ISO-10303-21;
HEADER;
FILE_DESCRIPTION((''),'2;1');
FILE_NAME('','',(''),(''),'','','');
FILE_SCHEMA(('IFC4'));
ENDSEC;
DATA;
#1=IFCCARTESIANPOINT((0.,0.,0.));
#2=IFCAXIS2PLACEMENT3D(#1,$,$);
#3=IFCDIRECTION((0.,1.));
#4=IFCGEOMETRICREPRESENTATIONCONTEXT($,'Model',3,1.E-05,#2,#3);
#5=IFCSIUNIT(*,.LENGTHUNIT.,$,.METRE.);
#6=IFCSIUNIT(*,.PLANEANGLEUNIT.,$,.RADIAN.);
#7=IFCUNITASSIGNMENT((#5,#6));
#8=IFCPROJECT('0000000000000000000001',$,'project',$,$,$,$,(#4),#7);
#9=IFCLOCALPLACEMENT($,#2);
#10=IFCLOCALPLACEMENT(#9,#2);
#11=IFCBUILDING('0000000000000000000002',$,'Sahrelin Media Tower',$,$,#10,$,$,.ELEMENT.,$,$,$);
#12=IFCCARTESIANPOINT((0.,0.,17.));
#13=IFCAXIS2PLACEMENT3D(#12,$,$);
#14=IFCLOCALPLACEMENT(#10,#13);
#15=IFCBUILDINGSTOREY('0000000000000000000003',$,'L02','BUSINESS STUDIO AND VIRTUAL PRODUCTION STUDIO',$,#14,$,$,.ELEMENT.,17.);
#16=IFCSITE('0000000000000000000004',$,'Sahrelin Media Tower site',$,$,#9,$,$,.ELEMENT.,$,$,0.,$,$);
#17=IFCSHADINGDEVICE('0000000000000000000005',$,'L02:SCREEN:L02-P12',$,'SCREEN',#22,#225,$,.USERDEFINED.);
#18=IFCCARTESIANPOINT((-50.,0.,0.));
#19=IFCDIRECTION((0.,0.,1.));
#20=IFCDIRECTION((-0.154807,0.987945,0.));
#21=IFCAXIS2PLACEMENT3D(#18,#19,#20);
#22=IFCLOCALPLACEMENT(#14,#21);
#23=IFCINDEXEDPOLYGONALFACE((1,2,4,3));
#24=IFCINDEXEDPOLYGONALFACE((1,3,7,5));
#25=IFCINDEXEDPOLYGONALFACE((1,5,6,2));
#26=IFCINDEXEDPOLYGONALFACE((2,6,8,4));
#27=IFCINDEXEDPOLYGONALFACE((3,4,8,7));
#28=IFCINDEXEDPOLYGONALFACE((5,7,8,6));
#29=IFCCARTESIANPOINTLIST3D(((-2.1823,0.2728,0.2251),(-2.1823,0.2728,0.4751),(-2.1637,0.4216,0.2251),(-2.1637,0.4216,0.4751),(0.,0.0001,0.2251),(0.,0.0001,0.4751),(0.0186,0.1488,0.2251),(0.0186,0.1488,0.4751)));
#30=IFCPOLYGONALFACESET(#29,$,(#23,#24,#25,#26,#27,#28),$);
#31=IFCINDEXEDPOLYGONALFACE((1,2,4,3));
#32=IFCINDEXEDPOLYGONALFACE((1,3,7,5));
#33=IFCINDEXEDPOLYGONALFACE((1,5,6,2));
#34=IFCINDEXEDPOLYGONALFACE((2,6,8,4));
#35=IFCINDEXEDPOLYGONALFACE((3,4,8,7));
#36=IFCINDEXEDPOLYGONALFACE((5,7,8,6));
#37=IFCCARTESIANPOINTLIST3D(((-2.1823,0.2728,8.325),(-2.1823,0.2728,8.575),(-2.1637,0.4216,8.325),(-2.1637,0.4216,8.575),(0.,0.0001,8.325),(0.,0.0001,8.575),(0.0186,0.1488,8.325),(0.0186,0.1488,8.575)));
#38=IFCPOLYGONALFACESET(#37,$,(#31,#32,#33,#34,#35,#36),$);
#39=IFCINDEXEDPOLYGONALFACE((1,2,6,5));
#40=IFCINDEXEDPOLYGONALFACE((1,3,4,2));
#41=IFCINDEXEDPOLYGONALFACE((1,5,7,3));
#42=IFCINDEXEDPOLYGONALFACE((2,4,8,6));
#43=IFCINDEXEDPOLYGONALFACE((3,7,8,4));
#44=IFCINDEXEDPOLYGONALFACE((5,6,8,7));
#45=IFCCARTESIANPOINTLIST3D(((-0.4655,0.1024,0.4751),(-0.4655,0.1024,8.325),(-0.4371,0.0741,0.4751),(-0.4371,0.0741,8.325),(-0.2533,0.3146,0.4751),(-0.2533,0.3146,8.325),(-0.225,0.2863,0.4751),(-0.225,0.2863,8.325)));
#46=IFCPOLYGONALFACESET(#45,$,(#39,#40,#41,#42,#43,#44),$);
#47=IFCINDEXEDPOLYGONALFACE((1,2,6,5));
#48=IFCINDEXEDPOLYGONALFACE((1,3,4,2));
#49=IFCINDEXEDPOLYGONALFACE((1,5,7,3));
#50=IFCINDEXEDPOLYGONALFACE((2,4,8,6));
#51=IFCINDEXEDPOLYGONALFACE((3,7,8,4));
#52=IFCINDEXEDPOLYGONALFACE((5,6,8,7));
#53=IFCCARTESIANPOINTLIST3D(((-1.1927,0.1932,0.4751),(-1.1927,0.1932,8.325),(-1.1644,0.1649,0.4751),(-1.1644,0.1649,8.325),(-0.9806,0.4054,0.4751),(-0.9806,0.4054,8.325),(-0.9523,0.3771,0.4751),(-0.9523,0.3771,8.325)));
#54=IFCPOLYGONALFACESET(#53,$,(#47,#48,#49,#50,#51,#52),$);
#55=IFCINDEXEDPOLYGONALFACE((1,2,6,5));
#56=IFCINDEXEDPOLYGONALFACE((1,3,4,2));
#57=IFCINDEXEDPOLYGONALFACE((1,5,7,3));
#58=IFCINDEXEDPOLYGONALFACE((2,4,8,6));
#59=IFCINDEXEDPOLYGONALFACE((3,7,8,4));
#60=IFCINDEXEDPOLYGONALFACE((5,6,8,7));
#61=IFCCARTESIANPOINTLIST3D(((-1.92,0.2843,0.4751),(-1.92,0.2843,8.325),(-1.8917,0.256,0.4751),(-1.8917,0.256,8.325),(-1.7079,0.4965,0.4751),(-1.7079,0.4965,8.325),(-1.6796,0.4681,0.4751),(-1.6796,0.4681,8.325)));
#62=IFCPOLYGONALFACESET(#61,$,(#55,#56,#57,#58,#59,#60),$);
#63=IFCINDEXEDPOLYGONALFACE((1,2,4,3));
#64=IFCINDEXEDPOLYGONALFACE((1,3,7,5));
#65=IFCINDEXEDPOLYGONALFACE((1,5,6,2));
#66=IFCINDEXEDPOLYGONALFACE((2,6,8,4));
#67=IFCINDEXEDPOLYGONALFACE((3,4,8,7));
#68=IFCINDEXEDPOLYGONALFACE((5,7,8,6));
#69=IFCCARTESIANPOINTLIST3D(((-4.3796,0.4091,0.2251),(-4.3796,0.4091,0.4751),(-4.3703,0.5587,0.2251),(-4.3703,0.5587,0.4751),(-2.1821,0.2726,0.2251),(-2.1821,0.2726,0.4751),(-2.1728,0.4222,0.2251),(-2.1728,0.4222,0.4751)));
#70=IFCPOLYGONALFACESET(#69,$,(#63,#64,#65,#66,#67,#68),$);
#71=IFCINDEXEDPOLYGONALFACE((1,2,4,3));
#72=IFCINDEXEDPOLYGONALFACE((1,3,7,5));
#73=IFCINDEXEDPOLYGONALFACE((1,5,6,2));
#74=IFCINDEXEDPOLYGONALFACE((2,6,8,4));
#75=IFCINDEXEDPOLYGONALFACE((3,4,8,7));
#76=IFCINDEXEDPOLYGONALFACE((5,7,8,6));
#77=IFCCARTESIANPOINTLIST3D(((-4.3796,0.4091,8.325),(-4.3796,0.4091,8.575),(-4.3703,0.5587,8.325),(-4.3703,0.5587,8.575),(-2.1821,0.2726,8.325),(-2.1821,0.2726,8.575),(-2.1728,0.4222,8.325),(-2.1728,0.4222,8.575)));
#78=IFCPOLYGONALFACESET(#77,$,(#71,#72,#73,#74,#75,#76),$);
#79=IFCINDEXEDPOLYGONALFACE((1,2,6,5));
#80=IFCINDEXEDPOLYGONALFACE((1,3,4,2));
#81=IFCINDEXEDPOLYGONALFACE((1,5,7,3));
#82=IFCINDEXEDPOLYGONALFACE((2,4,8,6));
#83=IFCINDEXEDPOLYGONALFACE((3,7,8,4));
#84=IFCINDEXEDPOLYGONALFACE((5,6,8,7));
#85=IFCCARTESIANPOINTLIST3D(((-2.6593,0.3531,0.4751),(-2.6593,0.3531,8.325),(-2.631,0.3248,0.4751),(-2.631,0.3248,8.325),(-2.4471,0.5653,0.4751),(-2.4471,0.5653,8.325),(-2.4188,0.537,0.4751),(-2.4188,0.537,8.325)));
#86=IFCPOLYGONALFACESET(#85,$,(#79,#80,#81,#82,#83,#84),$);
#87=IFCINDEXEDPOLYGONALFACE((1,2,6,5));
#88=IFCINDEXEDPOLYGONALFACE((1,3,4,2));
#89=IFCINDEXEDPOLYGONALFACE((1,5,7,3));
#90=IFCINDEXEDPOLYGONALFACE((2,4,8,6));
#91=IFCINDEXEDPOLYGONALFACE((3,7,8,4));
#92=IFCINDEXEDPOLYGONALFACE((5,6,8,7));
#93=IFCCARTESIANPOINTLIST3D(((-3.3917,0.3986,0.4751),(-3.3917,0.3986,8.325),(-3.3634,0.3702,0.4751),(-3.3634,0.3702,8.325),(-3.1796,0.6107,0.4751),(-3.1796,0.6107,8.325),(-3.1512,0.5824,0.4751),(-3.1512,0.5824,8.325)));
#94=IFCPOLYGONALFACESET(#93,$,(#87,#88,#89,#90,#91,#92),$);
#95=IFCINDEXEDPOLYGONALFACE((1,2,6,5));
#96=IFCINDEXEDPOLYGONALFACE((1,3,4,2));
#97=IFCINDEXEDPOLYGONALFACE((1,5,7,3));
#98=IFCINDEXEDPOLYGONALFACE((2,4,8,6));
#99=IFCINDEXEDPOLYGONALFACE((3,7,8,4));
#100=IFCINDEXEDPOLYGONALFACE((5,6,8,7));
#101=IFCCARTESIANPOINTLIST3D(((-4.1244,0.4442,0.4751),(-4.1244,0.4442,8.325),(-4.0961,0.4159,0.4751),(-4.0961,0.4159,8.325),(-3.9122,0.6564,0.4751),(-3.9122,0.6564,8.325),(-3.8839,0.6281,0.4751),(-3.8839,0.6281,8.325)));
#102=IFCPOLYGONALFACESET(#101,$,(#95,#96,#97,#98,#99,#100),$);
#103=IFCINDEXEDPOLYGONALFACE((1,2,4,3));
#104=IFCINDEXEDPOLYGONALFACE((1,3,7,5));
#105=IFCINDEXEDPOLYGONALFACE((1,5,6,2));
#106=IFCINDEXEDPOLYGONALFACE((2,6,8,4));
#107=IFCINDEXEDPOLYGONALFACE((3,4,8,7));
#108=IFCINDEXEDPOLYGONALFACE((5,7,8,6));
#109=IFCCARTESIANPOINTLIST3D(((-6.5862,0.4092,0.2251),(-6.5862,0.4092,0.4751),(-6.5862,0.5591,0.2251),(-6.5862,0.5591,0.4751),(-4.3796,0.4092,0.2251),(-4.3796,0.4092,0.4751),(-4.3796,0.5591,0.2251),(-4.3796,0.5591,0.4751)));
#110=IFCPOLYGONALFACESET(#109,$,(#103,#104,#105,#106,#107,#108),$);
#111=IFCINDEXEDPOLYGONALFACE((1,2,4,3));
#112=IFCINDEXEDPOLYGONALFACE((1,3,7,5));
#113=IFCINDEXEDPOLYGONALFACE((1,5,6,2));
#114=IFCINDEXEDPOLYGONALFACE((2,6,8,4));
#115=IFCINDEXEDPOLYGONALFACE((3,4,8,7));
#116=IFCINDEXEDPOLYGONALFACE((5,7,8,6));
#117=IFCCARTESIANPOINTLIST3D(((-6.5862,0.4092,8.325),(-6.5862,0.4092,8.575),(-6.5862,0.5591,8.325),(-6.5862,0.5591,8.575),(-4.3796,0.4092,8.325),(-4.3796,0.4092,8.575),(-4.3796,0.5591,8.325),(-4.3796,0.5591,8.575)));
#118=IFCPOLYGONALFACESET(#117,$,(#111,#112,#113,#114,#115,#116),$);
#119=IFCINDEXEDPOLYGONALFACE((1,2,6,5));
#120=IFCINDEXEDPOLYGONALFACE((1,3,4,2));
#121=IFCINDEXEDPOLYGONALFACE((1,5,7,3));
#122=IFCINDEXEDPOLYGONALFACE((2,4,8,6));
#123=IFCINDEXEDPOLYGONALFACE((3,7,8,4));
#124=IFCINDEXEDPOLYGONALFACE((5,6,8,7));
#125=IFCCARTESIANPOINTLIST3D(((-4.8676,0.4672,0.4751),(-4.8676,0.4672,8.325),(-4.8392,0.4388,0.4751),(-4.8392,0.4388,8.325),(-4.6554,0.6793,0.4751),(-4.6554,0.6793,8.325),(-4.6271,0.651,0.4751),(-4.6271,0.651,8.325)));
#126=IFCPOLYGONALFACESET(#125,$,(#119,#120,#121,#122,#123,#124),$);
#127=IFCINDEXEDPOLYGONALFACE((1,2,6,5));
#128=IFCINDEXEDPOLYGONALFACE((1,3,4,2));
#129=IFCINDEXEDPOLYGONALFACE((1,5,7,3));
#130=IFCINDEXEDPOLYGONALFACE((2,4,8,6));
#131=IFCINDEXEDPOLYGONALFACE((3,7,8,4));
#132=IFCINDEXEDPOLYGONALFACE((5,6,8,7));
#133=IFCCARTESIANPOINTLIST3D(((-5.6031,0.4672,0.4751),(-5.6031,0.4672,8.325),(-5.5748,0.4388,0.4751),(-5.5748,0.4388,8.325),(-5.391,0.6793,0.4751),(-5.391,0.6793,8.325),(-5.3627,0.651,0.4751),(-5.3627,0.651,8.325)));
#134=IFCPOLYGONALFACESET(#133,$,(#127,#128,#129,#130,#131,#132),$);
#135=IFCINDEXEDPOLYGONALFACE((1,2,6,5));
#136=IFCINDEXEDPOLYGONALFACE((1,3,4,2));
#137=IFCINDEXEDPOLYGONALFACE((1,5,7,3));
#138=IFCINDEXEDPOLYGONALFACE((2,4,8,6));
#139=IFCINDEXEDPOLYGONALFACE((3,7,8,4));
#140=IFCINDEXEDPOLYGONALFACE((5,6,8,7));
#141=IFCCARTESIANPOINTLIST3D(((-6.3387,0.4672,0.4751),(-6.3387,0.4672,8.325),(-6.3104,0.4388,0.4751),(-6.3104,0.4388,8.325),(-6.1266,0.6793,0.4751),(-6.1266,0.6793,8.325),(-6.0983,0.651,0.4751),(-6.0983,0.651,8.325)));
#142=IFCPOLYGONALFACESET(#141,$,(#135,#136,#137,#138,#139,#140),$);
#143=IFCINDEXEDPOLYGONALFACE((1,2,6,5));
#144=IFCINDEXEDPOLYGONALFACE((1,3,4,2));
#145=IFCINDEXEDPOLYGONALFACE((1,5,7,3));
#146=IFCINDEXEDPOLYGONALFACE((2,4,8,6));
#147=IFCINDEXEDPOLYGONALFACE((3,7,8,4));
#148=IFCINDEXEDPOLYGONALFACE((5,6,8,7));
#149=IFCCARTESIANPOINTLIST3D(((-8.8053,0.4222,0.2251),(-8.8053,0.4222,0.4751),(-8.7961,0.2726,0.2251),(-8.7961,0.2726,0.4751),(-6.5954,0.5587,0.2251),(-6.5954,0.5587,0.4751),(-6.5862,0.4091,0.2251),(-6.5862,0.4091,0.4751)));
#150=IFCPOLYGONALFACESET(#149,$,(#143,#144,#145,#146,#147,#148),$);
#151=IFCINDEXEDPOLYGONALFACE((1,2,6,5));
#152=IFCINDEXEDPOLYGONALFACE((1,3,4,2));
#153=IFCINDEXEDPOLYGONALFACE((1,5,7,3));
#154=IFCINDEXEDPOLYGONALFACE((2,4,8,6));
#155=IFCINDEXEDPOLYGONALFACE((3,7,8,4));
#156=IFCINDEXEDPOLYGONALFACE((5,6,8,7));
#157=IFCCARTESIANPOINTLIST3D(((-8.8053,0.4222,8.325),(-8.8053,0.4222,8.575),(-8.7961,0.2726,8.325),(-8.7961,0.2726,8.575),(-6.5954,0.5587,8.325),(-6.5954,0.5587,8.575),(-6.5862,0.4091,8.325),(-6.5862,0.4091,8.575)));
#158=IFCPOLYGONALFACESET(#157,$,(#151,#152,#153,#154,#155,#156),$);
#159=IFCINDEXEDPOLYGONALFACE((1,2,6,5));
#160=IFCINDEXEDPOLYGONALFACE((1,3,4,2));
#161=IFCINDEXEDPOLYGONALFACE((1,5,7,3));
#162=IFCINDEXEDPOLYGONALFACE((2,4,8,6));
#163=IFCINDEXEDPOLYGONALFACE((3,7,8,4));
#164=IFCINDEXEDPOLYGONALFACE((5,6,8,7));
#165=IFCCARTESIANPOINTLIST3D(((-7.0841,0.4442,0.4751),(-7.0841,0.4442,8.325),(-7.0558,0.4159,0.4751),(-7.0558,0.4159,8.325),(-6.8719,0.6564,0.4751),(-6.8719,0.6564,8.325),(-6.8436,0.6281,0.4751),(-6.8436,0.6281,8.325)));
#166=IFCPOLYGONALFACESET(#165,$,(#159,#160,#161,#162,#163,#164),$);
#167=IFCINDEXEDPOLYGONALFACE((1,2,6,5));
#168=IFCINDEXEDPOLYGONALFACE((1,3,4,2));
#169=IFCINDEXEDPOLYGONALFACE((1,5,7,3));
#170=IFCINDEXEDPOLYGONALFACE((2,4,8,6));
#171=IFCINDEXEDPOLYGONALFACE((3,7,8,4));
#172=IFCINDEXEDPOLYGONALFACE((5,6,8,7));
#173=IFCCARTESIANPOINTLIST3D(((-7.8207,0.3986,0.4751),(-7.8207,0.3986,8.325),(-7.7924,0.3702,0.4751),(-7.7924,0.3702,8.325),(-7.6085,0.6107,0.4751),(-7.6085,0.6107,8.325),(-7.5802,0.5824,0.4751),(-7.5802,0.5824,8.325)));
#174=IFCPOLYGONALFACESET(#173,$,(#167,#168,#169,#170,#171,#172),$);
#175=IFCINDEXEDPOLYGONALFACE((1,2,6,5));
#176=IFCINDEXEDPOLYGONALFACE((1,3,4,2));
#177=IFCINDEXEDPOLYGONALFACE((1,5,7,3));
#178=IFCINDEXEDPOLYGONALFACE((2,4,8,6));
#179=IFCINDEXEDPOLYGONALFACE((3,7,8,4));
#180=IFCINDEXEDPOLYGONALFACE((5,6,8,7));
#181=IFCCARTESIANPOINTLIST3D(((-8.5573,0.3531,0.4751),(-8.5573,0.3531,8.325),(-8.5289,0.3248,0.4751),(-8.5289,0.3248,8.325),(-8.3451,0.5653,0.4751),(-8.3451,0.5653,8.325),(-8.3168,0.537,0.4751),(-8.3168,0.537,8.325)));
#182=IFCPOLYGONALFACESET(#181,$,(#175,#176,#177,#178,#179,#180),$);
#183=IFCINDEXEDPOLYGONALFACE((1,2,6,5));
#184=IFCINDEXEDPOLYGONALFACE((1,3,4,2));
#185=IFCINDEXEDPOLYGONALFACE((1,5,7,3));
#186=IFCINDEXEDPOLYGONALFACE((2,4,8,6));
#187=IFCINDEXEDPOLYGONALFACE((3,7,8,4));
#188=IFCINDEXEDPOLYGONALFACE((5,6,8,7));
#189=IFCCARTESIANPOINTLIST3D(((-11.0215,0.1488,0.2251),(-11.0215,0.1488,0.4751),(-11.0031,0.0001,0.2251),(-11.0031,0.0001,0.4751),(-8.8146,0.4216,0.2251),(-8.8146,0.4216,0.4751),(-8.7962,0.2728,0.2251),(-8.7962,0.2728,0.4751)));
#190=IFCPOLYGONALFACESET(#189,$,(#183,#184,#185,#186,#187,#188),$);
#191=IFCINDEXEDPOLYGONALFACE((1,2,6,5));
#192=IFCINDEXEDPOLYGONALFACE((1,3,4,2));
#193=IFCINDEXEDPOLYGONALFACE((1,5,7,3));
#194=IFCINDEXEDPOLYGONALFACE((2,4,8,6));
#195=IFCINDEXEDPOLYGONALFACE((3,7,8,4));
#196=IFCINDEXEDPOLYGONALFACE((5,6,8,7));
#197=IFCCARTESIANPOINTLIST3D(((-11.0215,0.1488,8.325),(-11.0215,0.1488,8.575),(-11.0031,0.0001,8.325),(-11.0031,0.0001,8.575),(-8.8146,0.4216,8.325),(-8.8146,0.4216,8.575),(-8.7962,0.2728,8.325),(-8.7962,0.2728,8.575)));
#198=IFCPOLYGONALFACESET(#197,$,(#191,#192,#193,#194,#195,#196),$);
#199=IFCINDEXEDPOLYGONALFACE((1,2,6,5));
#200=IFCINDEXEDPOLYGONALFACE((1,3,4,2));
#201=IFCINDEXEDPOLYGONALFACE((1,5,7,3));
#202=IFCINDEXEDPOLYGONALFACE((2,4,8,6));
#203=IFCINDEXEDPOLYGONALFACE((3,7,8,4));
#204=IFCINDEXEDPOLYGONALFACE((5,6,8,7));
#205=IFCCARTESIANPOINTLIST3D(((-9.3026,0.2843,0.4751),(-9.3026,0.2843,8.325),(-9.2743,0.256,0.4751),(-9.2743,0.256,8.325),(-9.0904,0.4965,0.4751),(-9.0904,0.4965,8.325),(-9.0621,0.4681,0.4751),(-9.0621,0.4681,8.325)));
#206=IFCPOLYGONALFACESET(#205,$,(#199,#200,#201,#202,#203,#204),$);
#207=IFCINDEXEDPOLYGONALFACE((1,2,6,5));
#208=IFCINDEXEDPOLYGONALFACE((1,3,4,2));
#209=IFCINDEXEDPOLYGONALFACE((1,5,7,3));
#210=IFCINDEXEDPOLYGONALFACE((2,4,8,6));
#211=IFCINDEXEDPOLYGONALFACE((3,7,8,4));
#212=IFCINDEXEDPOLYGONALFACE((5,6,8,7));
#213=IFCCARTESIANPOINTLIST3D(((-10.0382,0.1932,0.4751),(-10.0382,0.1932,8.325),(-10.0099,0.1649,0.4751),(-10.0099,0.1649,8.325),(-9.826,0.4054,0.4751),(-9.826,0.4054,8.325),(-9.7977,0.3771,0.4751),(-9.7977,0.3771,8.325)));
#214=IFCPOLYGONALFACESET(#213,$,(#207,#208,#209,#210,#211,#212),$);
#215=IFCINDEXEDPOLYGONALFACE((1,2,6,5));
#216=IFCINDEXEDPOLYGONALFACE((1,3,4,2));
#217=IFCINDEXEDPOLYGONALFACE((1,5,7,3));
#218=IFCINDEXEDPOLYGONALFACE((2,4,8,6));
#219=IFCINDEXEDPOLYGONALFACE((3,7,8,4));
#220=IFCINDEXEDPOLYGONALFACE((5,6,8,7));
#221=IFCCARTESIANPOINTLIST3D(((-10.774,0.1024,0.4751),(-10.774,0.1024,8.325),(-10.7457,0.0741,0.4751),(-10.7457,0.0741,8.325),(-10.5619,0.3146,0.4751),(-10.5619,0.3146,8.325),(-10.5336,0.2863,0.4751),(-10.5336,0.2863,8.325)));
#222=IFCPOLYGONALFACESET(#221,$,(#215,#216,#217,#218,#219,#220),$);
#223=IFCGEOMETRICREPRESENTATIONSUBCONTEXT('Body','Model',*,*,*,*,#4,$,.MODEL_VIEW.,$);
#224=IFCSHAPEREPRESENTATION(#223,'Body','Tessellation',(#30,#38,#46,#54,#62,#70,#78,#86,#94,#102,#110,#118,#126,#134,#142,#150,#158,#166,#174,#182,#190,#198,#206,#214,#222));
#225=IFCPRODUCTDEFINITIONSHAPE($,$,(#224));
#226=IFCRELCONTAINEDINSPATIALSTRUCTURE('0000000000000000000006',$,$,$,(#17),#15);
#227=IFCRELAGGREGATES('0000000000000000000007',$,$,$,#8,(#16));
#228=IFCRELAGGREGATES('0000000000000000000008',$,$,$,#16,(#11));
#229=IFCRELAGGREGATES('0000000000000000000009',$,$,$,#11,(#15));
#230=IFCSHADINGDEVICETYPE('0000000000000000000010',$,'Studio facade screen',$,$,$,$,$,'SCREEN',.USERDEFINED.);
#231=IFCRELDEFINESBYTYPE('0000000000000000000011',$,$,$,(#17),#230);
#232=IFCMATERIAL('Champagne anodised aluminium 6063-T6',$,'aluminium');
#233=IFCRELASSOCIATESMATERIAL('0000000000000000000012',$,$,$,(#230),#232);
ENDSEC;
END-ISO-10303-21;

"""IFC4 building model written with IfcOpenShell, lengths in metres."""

from ifc_helpers import new_model, si_unit, direction, frame, origin, origin_2d, place, context, subcontext, project, spatial, rectangle, extrude, material, type_object, element, save


model = new_model("IFC4")

# Units and contexts
model_context = context("Model", 3, precision=1e-05, world=origin(), true_north=direction((0.0, 1.0)))
body_context = subcontext(model_context, "Body", "Model", "MODEL_VIEW")
ifc_project = project(units=[si_unit("LENGTHUNIT", "METRE"), si_unit("PLANEANGLEUNIT", "RADIAN")], contexts=[model_context])

# Site, building, storey
site_placement = place(None, origin())
site = spatial("IfcSite", under=ifc_project, at=site_placement, Name="Sahrelin Media Tower site", CompositionType="ELEMENT", RefElevation=0.0)
building_placement = place(site_placement, origin())
building = spatial("IfcBuilding", under=site, at=building_placement, Name="Sahrelin Media Tower", CompositionType="ELEMENT")
storey_placement = place(building_placement, frame((0.0, 0.0, 17.0)))
storey = spatial("IfcBuildingStorey", under=building, at=storey_placement, Name="L02", Description="BUSINESS STUDIO AND VIRTUAL PRODUCTION STUDIO", CompositionType="ELEMENT", Elevation=17.0)

# Shading device
ifc_material_1 = material(Name="Champagne anodised aluminium 6063-T6", Category="aluminium")
shading_device_type = type_object("IfcShadingDeviceType", Name="Studio facade screen", ElementType="SCREEN", PredefinedType="USERDEFINED", material=ifc_material_1)
shading_device_1_placement = place(storey_placement, frame((-50.0, 0.0, 0.0), z_axis=(0.0, 0.0, 1.0), x_axis=(-0.154807, 0.987945, 0.0)))
element("IfcShadingDevice", 1, at=shading_device_1_placement, inside=storey, type_object=shading_device_type, Name="L02:SCREEN:L02-P12", ObjectType="SCREEN", PredefinedType="USERDEFINED", context=body_context, shape_type="SweptSolid", body=[
    extrude(rectangle(XDim=0.1499, YDim=0.25, at=origin_2d()), frame((0.0093, 0.0745, 0.3501), z_axis=(-0.992281, 0.124007, 0.0), x_axis=(-0.124007, -0.992281, 0.0)), (0.0, 0.0, 1.0), 2.1992),
    extrude(rectangle(XDim=0.1499, YDim=0.25, at=origin_2d()), frame((0.0093, 0.0745, 8.45), z_axis=(-0.992281, 0.124007, 0.0), x_axis=(-0.124007, -0.992281, 0.0)), (0.0, 0.0, 1.0), 2.1992),
    extrude(rectangle(XDim=0.3, YDim=0.04, at=origin_2d()), frame((-0.3452, 0.1943, 0.4751), z_axis=(0.0, 0.0, 1.0), x_axis=(0.707107, 0.707107, 0.0)), (0.0, 0.0, 1.0), 7.8499),
    extrude(rectangle(XDim=0.3, YDim=0.04, at=origin_2d()), frame((-1.0725, 0.2852, 0.4751), z_axis=(0.0, 0.0, 1.0), x_axis=(0.707107, 0.707107, 0.0)), (0.0, 0.0, 1.0), 7.8499),
    extrude(rectangle(XDim=0.3, YDim=0.04, at=origin_2d()), frame((-1.7998, 0.3762, 0.4751), z_axis=(0.0, 0.0, 1.0), x_axis=(0.707107, 0.707107, 0.0)), (0.0, 0.0, 1.0), 7.8499),
    extrude(rectangle(XDim=0.1499, YDim=0.25, at=origin_2d()), frame((-2.1775, 0.3474, 0.3501), z_axis=(-0.998077, 0.061985, 0.0), x_axis=(-0.061985, -0.998077, 0.0)), (0.0, 0.0, 1.0), 2.2017),
    extrude(rectangle(XDim=0.1499, YDim=0.25, at=origin_2d()), frame((-2.1775, 0.3474, 8.45), z_axis=(-0.998077, 0.061985, 0.0), x_axis=(-0.061985, -0.998077, 0.0)), (0.0, 0.0, 1.0), 2.2017),
    extrude(rectangle(XDim=0.3, YDim=0.04, at=origin_2d()), frame((-2.5391, 0.4451, 0.4751), z_axis=(0.0, 0.0, 1.0), x_axis=(0.707107, 0.707107, 0.0)), (0.0, 0.0, 1.0), 7.8499),
    extrude(rectangle(XDim=0.3, YDim=0.04, at=origin_2d()), frame((-3.2715, 0.4905, 0.4751), z_axis=(0.0, 0.0, 1.0), x_axis=(0.707107, 0.707107, 0.0)), (0.0, 0.0, 1.0), 7.8499),
    extrude(rectangle(XDim=0.3, YDim=0.04, at=origin_2d()), frame((-4.0042, 0.5361, 0.4751), z_axis=(0.0, 0.0, 1.0), x_axis=(0.707107, 0.707107, 0.0)), (0.0, 0.0, 1.0), 7.8499),
    extrude(rectangle(XDim=0.1499, YDim=0.25, at=origin_2d()), frame((-4.3796, 0.4841, 0.3501), z_axis=(-1.0, 0.0, 0.0), x_axis=(0.0, -1.0, 0.0)), (0.0, 0.0, 1.0), 2.2065),
    extrude(rectangle(XDim=0.1499, YDim=0.25, at=origin_2d()), frame((-4.3796, 0.4841, 8.45), z_axis=(-1.0, 0.0, 0.0), x_axis=(0.0, -1.0, 0.0)), (0.0, 0.0, 1.0), 2.2065),
    extrude(rectangle(XDim=0.3, YDim=0.04, at=origin_2d()), frame((-4.7473, 0.5591, 0.4751), z_axis=(0.0, 0.0, 1.0), x_axis=(0.707107, 0.707107, 0.0)), (0.0, 0.0, 1.0), 7.8499),
    extrude(rectangle(XDim=0.3, YDim=0.04, at=origin_2d()), frame((-5.4829, 0.5591, 0.4751), z_axis=(0.0, 0.0, 1.0), x_axis=(0.707107, 0.707107, 0.0)), (0.0, 0.0, 1.0), 7.8499),
    extrude(rectangle(XDim=0.3, YDim=0.04, at=origin_2d()), frame((-6.2185, 0.5591, 0.4751), z_axis=(0.0, 0.0, 1.0), x_axis=(0.707107, 0.707107, 0.0)), (0.0, 0.0, 1.0), 7.8499),
    extrude(rectangle(XDim=0.1499, YDim=0.25, at=origin_2d()), frame((-6.5908, 0.4839, 0.3501), z_axis=(-0.998099, -0.061637, 0.0), x_axis=(0.061637, -0.998099, 0.0)), (0.0, 0.0, 1.0), 2.2141),
    extrude(rectangle(XDim=0.1499, YDim=0.25, at=origin_2d()), frame((-6.5908, 0.4839, 8.45), z_axis=(-0.998099, -0.061637, 0.0), x_axis=(0.061637, -0.998099, 0.0)), (0.0, 0.0, 1.0), 2.2141),
    extrude(rectangle(XDim=0.3, YDim=0.04, at=origin_2d()), frame((-6.9639, 0.5361, 0.4751), z_axis=(0.0, 0.0, 1.0), x_axis=(0.707107, 0.707107, 0.0)), (0.0, 0.0, 1.0), 7.8499),
    extrude(rectangle(XDim=0.3, YDim=0.04, at=origin_2d()), frame((-7.7004, 0.4905, 0.4751), z_axis=(0.0, 0.0, 1.0), x_axis=(0.707107, 0.707107, 0.0)), (0.0, 0.0, 1.0), 7.8499),
    extrude(rectangle(XDim=0.3, YDim=0.04, at=origin_2d()), frame((-8.437, 0.4451, 0.4751), z_axis=(0.0, 0.0, 1.0), x_axis=(0.707107, 0.707107, 0.0)), (0.0, 0.0, 1.0), 7.8499),
    extrude(rectangle(XDim=0.1499, YDim=0.25, at=origin_2d()), frame((-8.8054, 0.3472, 0.3501), z_axis=(-0.992451, -0.122643, 0.0), x_axis=(0.122643, -0.992451, 0.0)), (0.0, 0.0, 1.0), 2.2236),
    extrude(rectangle(XDim=0.1499, YDim=0.25, at=origin_2d()), frame((-8.8054, 0.3472, 8.45), z_axis=(-0.992451, -0.122643, 0.0), x_axis=(0.122643, -0.992451, 0.0)), (0.0, 0.0, 1.0), 2.2236),
    extrude(rectangle(XDim=0.3, YDim=0.04, at=origin_2d()), frame((-9.1824, 0.3762, 0.4751), z_axis=(0.0, 0.0, 1.0), x_axis=(0.707107, 0.707107, 0.0)), (0.0, 0.0, 1.0), 7.8499),
    extrude(rectangle(XDim=0.3, YDim=0.04, at=origin_2d()), frame((-9.918, 0.2852, 0.4751), z_axis=(0.0, 0.0, 1.0), x_axis=(0.707107, 0.707107, 0.0)), (0.0, 0.0, 1.0), 7.8499),
    extrude(rectangle(XDim=0.3, YDim=0.04, at=origin_2d()), frame((-10.6538, 0.1943, 0.4751), z_axis=(0.0, 0.0, 1.0), x_axis=(0.707107, 0.707107, 0.0)), (0.0, 0.0, 1.0), 7.8499),
])

save(model, "model.ifc")
